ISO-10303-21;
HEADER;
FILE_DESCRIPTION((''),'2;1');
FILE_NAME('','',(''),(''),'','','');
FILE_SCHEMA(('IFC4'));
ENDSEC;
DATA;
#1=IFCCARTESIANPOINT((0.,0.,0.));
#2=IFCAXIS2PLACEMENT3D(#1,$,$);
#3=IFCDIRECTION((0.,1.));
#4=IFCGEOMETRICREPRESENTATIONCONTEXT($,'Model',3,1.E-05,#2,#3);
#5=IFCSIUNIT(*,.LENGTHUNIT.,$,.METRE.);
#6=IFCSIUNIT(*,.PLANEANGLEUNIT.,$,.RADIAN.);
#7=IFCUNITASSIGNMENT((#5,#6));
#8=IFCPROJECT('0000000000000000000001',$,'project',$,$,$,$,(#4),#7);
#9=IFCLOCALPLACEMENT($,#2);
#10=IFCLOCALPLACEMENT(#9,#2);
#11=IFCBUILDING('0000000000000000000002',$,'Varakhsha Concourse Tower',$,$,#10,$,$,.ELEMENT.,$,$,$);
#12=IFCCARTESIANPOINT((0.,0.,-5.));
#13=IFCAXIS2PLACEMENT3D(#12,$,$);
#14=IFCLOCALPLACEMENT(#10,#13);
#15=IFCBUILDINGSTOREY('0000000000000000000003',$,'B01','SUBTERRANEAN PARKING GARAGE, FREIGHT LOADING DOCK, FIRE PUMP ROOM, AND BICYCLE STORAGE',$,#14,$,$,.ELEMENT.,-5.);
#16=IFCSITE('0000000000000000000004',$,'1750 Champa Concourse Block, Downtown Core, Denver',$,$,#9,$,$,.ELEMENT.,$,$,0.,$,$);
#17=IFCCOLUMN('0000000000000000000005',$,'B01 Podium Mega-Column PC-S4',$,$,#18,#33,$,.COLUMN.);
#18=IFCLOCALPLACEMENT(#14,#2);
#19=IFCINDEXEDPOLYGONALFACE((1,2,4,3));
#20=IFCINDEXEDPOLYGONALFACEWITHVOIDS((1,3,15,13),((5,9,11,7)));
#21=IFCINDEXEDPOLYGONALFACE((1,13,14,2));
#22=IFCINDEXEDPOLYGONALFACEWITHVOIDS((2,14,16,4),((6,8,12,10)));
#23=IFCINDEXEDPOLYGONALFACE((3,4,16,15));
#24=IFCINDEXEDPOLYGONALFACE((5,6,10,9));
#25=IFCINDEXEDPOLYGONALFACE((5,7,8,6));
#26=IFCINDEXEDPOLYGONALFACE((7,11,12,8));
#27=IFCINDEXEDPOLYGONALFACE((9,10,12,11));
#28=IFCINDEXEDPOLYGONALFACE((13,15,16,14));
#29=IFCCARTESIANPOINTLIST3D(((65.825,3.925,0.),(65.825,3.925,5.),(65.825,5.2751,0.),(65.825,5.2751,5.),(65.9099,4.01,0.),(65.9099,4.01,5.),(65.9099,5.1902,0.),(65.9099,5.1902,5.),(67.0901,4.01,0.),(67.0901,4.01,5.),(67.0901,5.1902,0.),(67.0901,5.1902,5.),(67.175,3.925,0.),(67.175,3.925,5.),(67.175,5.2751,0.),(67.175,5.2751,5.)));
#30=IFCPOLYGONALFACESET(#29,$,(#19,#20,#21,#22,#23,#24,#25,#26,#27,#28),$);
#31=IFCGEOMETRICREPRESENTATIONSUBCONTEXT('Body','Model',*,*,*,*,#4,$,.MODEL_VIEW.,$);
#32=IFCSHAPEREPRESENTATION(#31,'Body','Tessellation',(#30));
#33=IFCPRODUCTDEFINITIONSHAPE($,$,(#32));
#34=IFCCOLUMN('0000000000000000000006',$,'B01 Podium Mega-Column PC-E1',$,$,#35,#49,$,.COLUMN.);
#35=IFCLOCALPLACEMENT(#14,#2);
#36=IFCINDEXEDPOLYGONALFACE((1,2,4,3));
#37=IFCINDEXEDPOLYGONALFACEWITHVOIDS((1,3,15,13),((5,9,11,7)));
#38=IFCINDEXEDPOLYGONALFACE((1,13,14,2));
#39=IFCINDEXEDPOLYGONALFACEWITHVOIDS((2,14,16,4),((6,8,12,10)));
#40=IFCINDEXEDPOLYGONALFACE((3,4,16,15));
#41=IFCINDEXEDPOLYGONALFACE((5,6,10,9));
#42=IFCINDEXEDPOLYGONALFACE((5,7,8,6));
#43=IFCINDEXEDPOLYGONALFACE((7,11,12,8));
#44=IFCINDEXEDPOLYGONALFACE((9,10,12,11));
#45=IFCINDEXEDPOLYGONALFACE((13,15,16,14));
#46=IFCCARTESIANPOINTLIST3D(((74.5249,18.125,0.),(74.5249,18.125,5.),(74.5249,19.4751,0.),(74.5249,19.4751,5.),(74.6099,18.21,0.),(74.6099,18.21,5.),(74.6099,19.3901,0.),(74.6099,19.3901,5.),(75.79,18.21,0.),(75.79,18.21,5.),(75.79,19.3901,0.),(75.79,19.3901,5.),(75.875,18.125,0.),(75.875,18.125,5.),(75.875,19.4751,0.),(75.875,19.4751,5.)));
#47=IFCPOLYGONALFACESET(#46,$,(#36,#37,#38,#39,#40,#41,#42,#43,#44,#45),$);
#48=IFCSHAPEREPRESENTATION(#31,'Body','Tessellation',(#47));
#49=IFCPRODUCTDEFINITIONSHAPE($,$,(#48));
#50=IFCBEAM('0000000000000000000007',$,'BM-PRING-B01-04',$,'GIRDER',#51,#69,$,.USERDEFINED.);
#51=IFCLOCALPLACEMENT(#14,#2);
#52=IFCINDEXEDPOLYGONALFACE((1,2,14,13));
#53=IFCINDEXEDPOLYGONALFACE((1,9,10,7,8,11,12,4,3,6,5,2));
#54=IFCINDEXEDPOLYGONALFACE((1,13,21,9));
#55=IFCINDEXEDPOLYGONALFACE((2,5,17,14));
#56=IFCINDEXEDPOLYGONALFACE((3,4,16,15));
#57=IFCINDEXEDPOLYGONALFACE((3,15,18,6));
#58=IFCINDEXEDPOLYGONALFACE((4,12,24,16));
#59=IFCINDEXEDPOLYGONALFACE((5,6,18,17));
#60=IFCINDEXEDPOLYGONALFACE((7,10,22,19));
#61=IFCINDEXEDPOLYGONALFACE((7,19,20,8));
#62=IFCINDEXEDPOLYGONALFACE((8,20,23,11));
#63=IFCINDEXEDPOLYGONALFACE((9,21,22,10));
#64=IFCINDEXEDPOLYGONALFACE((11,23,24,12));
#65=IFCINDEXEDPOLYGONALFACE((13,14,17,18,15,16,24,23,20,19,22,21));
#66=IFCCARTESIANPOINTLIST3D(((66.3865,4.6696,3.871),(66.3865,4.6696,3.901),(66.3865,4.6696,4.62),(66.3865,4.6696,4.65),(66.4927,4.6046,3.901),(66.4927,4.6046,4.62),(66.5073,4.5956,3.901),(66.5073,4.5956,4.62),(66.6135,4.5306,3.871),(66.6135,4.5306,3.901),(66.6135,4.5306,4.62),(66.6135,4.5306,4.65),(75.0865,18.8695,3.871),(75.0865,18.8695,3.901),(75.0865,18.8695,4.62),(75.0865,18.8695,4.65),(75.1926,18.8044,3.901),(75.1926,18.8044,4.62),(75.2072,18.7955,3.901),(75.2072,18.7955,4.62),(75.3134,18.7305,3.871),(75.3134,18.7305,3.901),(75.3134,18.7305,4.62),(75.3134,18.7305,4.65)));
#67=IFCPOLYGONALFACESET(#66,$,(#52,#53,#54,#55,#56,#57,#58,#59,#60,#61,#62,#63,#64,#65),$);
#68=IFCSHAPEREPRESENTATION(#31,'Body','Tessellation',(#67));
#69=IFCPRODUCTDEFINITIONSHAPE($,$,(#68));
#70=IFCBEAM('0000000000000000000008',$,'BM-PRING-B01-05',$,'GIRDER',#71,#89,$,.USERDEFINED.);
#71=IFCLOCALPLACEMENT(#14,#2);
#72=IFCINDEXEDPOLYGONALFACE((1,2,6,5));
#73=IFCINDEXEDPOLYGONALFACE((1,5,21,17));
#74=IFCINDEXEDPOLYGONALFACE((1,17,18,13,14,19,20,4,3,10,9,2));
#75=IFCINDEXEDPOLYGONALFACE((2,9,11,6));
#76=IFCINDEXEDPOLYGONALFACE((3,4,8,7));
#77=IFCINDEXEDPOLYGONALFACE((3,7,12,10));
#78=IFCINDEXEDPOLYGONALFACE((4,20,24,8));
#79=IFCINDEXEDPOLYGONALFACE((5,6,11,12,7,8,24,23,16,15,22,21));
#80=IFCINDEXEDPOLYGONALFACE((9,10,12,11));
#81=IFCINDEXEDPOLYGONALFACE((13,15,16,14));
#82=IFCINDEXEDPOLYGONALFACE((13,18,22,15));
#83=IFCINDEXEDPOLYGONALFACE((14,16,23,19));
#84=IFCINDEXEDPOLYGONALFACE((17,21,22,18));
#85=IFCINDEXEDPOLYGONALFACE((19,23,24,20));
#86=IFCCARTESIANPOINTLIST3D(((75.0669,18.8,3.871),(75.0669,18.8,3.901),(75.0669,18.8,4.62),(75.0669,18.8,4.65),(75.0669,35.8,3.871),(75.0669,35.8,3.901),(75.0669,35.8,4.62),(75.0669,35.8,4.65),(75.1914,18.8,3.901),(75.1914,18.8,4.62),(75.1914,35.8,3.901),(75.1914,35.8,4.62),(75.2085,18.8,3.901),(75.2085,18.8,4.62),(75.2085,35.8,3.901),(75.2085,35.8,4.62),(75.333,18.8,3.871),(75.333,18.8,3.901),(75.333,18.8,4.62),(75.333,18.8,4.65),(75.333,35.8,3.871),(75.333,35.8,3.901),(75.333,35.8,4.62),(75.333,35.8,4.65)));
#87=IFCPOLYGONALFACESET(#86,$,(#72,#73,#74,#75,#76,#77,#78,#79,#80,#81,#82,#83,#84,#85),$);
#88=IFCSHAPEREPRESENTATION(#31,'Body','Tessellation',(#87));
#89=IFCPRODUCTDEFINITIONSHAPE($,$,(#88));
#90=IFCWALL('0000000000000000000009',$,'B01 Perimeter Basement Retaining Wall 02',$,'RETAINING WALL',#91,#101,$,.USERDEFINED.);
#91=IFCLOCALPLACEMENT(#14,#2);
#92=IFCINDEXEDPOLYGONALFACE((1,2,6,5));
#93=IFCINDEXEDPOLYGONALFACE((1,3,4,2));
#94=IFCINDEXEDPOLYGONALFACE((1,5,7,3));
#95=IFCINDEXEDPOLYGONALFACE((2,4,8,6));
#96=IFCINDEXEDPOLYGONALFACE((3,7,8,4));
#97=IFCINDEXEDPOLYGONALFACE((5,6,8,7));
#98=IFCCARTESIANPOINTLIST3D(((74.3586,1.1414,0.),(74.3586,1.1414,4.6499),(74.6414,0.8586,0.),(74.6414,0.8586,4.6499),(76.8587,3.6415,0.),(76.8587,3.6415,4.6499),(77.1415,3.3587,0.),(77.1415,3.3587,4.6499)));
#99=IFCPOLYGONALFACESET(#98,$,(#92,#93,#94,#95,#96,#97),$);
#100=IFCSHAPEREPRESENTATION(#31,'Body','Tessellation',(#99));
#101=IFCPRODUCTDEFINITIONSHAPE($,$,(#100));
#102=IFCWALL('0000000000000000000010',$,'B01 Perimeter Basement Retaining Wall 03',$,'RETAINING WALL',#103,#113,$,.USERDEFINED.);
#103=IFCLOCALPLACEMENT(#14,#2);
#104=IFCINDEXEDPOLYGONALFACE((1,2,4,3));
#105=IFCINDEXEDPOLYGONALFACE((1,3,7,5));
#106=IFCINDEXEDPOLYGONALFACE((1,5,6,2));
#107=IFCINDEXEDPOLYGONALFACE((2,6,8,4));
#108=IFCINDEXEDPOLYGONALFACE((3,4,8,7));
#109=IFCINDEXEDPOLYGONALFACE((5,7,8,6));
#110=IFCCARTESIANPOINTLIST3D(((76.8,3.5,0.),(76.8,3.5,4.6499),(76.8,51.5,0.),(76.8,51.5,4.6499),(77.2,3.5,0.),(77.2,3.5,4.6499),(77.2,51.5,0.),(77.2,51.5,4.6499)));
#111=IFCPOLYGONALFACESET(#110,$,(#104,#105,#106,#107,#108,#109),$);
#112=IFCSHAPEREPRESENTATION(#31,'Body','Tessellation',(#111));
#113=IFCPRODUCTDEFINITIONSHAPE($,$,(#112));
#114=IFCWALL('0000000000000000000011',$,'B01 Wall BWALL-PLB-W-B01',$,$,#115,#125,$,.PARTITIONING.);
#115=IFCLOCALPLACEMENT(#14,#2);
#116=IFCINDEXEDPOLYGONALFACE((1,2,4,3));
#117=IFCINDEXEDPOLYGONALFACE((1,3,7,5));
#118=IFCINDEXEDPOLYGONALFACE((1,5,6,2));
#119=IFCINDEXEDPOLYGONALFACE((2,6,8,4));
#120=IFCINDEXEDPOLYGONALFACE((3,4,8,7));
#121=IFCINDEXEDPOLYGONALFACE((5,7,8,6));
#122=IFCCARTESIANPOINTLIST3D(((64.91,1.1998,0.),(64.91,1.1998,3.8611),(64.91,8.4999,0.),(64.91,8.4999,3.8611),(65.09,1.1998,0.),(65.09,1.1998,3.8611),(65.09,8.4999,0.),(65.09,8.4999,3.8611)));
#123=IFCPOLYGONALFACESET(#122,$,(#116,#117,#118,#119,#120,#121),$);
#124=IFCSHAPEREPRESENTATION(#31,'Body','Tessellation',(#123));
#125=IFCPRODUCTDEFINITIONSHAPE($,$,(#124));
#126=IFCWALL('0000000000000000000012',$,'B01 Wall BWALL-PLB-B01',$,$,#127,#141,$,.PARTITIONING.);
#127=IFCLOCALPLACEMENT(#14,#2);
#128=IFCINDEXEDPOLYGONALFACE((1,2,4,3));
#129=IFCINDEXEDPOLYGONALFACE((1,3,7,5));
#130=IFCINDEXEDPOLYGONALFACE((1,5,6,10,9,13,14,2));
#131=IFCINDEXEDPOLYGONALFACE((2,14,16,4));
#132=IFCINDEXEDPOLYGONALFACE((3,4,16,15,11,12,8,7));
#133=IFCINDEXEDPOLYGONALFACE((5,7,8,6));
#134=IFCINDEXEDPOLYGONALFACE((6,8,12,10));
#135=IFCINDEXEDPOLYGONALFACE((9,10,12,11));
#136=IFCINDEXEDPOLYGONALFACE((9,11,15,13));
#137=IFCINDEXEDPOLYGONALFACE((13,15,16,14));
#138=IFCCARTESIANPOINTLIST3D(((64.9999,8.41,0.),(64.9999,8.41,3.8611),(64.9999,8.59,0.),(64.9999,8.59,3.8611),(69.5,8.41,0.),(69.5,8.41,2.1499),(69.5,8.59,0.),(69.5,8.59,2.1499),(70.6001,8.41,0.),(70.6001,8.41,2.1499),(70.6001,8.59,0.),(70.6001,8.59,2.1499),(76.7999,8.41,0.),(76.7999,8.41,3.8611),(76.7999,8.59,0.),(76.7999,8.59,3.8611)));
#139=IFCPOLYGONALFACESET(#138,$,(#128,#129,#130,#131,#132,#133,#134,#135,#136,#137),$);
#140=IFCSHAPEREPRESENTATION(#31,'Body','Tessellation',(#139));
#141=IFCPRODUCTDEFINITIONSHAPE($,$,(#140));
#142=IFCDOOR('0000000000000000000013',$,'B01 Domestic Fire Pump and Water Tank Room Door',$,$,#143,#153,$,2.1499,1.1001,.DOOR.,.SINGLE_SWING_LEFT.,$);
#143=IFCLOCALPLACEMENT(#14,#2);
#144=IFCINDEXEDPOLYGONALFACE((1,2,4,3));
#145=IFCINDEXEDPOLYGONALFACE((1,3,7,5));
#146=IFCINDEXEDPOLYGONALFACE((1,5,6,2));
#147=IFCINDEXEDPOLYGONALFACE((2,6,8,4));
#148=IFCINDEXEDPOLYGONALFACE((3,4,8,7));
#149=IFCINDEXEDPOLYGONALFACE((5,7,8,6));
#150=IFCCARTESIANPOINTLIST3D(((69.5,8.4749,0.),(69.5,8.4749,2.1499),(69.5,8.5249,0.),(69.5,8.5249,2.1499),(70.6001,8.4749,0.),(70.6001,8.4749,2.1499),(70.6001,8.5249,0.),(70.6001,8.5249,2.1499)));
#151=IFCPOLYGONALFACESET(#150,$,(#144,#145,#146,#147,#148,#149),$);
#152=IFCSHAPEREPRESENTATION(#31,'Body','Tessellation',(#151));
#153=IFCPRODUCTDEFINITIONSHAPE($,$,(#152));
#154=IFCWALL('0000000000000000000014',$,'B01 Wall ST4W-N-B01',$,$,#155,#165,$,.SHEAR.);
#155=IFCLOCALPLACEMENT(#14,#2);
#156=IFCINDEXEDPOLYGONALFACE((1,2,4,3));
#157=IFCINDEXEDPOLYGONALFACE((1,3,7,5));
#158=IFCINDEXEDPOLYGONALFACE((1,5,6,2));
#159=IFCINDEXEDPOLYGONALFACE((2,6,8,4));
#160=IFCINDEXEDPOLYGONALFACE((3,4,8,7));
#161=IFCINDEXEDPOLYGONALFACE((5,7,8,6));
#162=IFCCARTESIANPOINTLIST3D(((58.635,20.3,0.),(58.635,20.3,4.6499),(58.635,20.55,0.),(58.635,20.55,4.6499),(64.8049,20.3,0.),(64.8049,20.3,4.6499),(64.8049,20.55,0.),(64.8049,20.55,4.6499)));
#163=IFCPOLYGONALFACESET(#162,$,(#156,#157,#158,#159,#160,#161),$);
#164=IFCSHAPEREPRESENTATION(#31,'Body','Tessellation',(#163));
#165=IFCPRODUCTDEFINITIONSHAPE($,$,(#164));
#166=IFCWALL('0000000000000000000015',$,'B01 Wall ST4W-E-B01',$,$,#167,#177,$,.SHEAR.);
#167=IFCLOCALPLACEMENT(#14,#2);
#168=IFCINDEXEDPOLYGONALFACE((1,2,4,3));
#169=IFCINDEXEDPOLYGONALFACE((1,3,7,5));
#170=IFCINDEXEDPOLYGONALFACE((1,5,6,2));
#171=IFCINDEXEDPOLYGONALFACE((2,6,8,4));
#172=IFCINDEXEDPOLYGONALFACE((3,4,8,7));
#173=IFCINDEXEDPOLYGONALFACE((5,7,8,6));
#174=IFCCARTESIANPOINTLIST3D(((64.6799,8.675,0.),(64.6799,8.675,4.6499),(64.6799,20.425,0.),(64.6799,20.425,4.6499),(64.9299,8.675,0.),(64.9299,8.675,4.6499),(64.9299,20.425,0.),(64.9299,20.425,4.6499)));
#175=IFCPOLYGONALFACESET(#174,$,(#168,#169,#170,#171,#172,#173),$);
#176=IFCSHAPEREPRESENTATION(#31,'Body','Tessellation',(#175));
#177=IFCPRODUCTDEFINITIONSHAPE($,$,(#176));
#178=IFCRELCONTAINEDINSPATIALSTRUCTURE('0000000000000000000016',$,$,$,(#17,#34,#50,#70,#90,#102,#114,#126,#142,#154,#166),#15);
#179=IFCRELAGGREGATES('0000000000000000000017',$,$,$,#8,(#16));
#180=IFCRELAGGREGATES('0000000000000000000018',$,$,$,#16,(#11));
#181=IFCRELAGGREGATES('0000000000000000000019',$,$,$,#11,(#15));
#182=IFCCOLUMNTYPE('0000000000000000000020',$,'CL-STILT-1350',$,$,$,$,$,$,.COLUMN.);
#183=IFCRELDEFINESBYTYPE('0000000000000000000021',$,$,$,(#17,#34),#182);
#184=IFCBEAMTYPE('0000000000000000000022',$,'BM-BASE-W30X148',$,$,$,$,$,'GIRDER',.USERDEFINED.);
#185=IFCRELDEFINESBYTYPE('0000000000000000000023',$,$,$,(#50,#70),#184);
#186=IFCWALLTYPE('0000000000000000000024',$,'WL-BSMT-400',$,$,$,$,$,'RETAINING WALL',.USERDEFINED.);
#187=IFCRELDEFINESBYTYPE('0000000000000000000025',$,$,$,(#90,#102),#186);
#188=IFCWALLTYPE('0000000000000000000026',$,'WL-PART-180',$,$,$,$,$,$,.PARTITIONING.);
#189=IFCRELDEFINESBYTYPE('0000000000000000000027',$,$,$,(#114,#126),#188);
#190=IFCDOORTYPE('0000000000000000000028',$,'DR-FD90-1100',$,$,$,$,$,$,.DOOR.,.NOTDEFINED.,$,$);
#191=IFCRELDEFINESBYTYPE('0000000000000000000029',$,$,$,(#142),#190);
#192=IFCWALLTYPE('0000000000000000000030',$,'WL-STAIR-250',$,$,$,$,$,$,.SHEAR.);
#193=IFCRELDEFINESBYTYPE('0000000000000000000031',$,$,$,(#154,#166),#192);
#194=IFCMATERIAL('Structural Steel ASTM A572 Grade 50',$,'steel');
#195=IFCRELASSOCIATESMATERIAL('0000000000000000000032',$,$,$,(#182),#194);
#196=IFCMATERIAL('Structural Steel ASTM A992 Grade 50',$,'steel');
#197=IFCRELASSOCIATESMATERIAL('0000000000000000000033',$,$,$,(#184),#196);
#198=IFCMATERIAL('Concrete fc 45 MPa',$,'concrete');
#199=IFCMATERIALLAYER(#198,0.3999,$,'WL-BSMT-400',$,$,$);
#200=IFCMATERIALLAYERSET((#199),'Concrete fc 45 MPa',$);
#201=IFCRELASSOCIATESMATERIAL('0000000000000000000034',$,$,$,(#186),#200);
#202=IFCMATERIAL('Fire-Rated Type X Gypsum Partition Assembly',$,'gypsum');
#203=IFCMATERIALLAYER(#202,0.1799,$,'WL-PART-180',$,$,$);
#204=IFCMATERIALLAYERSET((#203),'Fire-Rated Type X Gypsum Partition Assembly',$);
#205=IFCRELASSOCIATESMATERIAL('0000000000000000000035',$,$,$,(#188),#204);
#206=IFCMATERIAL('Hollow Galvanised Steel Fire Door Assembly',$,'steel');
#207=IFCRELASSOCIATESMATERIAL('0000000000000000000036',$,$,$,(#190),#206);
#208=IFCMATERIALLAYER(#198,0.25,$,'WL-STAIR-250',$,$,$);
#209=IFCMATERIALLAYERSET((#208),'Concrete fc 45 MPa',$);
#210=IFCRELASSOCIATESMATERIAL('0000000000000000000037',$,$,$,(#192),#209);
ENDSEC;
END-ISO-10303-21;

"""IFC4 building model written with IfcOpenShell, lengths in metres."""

from ifc_helpers import new_model, si_unit, direction, frame, frame_2d, origin, origin_2d, place, context, subcontext, project, spatial, rectangle, hollow_rectangle, i_section, extrude, material, layer, layer_set, material_profile, profile_set, type_object, element, fill, save


model = new_model("IFC4")

# Units and contexts
model_context = context("Model", 3, precision=1e-05, world=origin(), true_north=direction((0.0, 1.0)))
body_context = subcontext(model_context, "Body", "Model", "MODEL_VIEW")
ifc_project = project(units=[si_unit("LENGTHUNIT", "METRE"), si_unit("PLANEANGLEUNIT", "RADIAN")], contexts=[model_context])

# Site, building, storey
site_placement = place(None, origin())
site = spatial("IfcSite", under=ifc_project, at=site_placement, Name="1750 Champa Concourse Block, Downtown Core, Denver", CompositionType="ELEMENT", RefElevation=0.0)
building_placement = place(site_placement, origin())
building = spatial("IfcBuilding", under=site, at=building_placement, Name="Varakhsha Concourse Tower", CompositionType="ELEMENT")
storey_placement = place(building_placement, frame((0.0, 0.0, -5.0)))
storey = spatial("IfcBuildingStorey", under=building, at=storey_placement, Name="B01", Description="SUBTERRANEAN PARKING GARAGE, FREIGHT LOADING DOCK, FIRE PUMP ROOM, AND BICYCLE STORAGE", CompositionType="ELEMENT", Elevation=-5.0)

# Columns
ifc_material_1 = material(Name="Structural Steel ASTM A572 Grade 50", Category="steel")
ifc_material_profile_1 = material_profile(ifc_material_1, hollow_rectangle(XDim=1.3501, YDim=1.3501, WallThickness=0.085, at=origin_2d()), Name="BOX 1350x1350x85")
ifc_profile_set_1 = profile_set([ifc_material_profile_1], Name="Structural Steel ASTM A572 Grade 50")
column_type = type_object("IfcColumnType", Name="CL-STILT-1350", PredefinedType="COLUMN", material=ifc_profile_set_1)
for number, where, z_axis, x_axis, name in (
    (1, (66.5, 4.6001, 0.0), (0.0, 0.0, 1.0), (1.0, 0.0, 0.0), "B01 Podium Mega-Column PC-S4"),
    (2, (75.2, 18.8, 0.0), (0.0, 0.0, 1.0), (1.0, 0.0, 0.0), "B01 Podium Mega-Column PC-E1"),
):
    element("IfcColumn", number, at=place(storey_placement, frame(where, z_axis=z_axis, x_axis=x_axis)), inside=storey, type_object=column_type, Name=name, PredefinedType="COLUMN", context=body_context, shape_type="SweptSolid", body=[
        extrude(hollow_rectangle(XDim=1.3501, YDim=1.3501, WallThickness=0.085, at=origin_2d()), origin(), (0.0, 0.0, 1.0), 5.0),
    ])

# Beams
ifc_material_2 = material(Name="Structural Steel ASTM A992 Grade 50", Category="steel")
ifc_material_profile_2 = material_profile(ifc_material_2, i_section(OverallWidth=0.2661, OverallDepth=0.7791, WebThickness=0.0171, FlangeThickness=0.03, at=origin_2d()), Name="W30X148")
ifc_profile_set_2 = profile_set([ifc_material_profile_2], Name="Structural Steel ASTM A992 Grade 50")
beam_type = type_object("IfcBeamType", Name="BM-BASE-W30X148", ElementType="GIRDER", PredefinedType="USERDEFINED", material=ifc_profile_set_2)
beam_1_placement = place(storey_placement, frame((66.5, 4.6001, 4.2605), z_axis=(0.52242, 0.852688, 0.0), x_axis=(-0.852688, 0.52242, 0.0)))
element("IfcBeam", 3, at=beam_1_placement, inside=storey, type_object=beam_type, Name="BM-PRING-B01-04", ObjectType="GIRDER", PredefinedType="USERDEFINED", context=body_context, shape_type="SweptSolid", body=[
    extrude(i_section(OverallWidth=0.2661, OverallDepth=0.7791, WebThickness=0.0171, FlangeThickness=0.03, at=origin_2d()), origin(), (0.0, 0.0, 1.0), 16.6531),
])
beam_2_placement = place(storey_placement, frame((75.2, 18.8, 4.2605), z_axis=(0.0, 1.0, 0.0), x_axis=(-1.0, 0.0, 0.0)))
element("IfcBeam", 4, at=beam_2_placement, inside=storey, type_object=beam_type, Name="BM-PRING-B01-05", ObjectType="GIRDER", PredefinedType="USERDEFINED", context=body_context, shape_type="SweptSolid", body=[
    extrude(i_section(OverallWidth=0.2661, OverallDepth=0.7791, WebThickness=0.0171, FlangeThickness=0.03, at=origin_2d()), origin(), (0.0, 0.0, 1.0), 17.0),
])

# Walls
ifc_material_3 = material(Name="Concrete fc 45 MPa", Category="concrete")
ifc_layer_1 = layer(ifc_material_3, 0.3999, Name="WL-BSMT-400")
ifc_layer_set_1 = layer_set([ifc_layer_1], Name="Concrete fc 45 MPa")
wall_type_1 = type_object("IfcWallType", Name="WL-BSMT-400", ElementType="RETAINING WALL", PredefinedType="USERDEFINED", material=ifc_layer_set_1)
wall_1_placement = place(storey_placement, frame((74.5, 1.0, 0.0), z_axis=(0.0, 0.0, 1.0), x_axis=(0.707107, 0.707107, 0.0)))
element("IfcWall", 5, at=wall_1_placement, inside=storey, type_object=wall_type_1, Name="B01 Perimeter Basement Retaining Wall 02", ObjectType="RETAINING WALL", PredefinedType="USERDEFINED", context=body_context, shape_type="SweptSolid", body=[
    extrude(rectangle(XDim=3.5356, YDim=0.3999, at=frame_2d((1.7678, 0.0))), origin(), (0.0, 0.0, 1.0), 4.6499),
])
wall_2_placement = place(storey_placement, frame((77.0, 3.5, 0.0), z_axis=(0.0, 0.0, 1.0), x_axis=(0.0, 1.0, 0.0)))
element("IfcWall", 6, at=wall_2_placement, inside=storey, type_object=wall_type_1, Name="B01 Perimeter Basement Retaining Wall 03", ObjectType="RETAINING WALL", PredefinedType="USERDEFINED", context=body_context, shape_type="SweptSolid", body=[
    extrude(rectangle(XDim=48.0, YDim=0.3999, at=frame_2d((24.0, 0.0))), origin(), (0.0, 0.0, 1.0), 4.6499),
])
ifc_material_4 = material(Name="Fire-Rated Type X Gypsum Partition Assembly", Category="gypsum")
ifc_layer_2 = layer(ifc_material_4, 0.1799, Name="WL-PART-180")
ifc_layer_set_2 = layer_set([ifc_layer_2], Name="Fire-Rated Type X Gypsum Partition Assembly")
wall_type_2 = type_object("IfcWallType", Name="WL-PART-180", PredefinedType="PARTITIONING", material=ifc_layer_set_2)
wall_3_placement = place(storey_placement, frame((65.0, 1.2, 0.0), z_axis=(0.0, 0.0, 1.0), x_axis=(0.0, 1.0, 0.0)))
element("IfcWall", 7, at=wall_3_placement, inside=storey, type_object=wall_type_2, Name="B01 Wall BWALL-PLB-W-B01", PredefinedType="PARTITIONING", context=body_context, shape_type="SweptSolid", body=[
    extrude(rectangle(XDim=7.3, YDim=0.1799, at=frame_2d((3.6499, 0.0))), origin(), (0.0, 0.0, 1.0), 3.8611),
])

# Wall, opening, door
wall_4_placement = place(storey_placement, frame((65.0, 8.5, 0.0), z_axis=(0.0, 0.0, 1.0), x_axis=(1.0, 0.0, 0.0)))
wall_4 = element("IfcWall", 8, at=wall_4_placement, inside=storey, type_object=wall_type_2, Name="B01 Wall BWALL-PLB-B01", PredefinedType="PARTITIONING", context=body_context, shape_type="SweptSolid", body=[
    extrude(rectangle(XDim=11.8, YDim=0.1799, at=frame_2d((5.8999, 0.0))), origin(), (0.0, 0.0, 1.0), 3.8611),
])
opening_placement = place(wall_4_placement, frame((4.5, 0.0, 0.0)))
opening = element("IfcOpeningElement", 9, at=opening_placement, cuts=wall_4, PredefinedType="OPENING", context=body_context, shape_type="SweptSolid", body=[
    extrude(rectangle(XDim=1.1001, YDim=2.1499, at=frame_2d((0.55, 1.075))), frame((0.0, 0.0999, 0.0), z_axis=(0.0, -1.0, 0.0), x_axis=(1.0, 0.0, 0.0)), (0.0, 0.0, 1.0), 0.2),
])
ifc_material_5 = material(Name="Hollow Galvanised Steel Fire Door Assembly", Category="steel")
door_type = type_object("IfcDoorType", Name="DR-FD90-1100", OperationType="NOTDEFINED", PredefinedType="DOOR", material=ifc_material_5)
door_placement = place(opening_placement, origin())
door = element("IfcDoor", 10, at=door_placement, inside=storey, type_object=door_type, Name="B01 Domestic Fire Pump and Water Tank Room Door", OperationType="SINGLE_SWING_LEFT", OverallHeight=2.1499, OverallWidth=1.1001, PredefinedType="DOOR", context=body_context, shape_type="SweptSolid", body=[
    extrude(rectangle(XDim=1.1001, YDim=2.1499, at=frame_2d((0.55, 1.075))), frame((0.0, 0.0249, 0.0), z_axis=(0.0, -1.0, 0.0), x_axis=(1.0, 0.0, 0.0)), (0.0, 0.0, 1.0), 0.05),
])
fill(opening, door)

# Walls
ifc_layer_3 = layer(ifc_material_3, 0.25, Name="WL-STAIR-250")
ifc_layer_set_3 = layer_set([ifc_layer_3], Name="Concrete fc 45 MPa")
wall_type_3 = type_object("IfcWallType", Name="WL-STAIR-250", PredefinedType="SHEAR", material=ifc_layer_set_3)
wall_5_placement = place(storey_placement, frame((58.635, 20.425, 0.0), z_axis=(0.0, 0.0, 1.0), x_axis=(1.0, 0.0, 0.0)))
element("IfcWall", 11, at=wall_5_placement, inside=storey, type_object=wall_type_3, Name="B01 Wall ST4W-N-B01", PredefinedType="SHEAR", context=body_context, shape_type="SweptSolid", body=[
    extrude(rectangle(XDim=6.1699, YDim=0.25, at=frame_2d((3.085, 0.0))), origin(), (0.0, 0.0, 1.0), 4.6499),
])
wall_6_placement = place(storey_placement, frame((64.8049, 8.675, 0.0), z_axis=(0.0, 0.0, 1.0), x_axis=(0.0, 1.0, 0.0)))
element("IfcWall", 12, at=wall_6_placement, inside=storey, type_object=wall_type_3, Name="B01 Wall ST4W-E-B01", PredefinedType="SHEAR", context=body_context, shape_type="SweptSolid", body=[
    extrude(rectangle(XDim=11.75, YDim=0.25, at=frame_2d((5.875, 0.0))), origin(), (0.0, 0.0, 1.0), 4.6499),
])

save(model, "model.ifc")
